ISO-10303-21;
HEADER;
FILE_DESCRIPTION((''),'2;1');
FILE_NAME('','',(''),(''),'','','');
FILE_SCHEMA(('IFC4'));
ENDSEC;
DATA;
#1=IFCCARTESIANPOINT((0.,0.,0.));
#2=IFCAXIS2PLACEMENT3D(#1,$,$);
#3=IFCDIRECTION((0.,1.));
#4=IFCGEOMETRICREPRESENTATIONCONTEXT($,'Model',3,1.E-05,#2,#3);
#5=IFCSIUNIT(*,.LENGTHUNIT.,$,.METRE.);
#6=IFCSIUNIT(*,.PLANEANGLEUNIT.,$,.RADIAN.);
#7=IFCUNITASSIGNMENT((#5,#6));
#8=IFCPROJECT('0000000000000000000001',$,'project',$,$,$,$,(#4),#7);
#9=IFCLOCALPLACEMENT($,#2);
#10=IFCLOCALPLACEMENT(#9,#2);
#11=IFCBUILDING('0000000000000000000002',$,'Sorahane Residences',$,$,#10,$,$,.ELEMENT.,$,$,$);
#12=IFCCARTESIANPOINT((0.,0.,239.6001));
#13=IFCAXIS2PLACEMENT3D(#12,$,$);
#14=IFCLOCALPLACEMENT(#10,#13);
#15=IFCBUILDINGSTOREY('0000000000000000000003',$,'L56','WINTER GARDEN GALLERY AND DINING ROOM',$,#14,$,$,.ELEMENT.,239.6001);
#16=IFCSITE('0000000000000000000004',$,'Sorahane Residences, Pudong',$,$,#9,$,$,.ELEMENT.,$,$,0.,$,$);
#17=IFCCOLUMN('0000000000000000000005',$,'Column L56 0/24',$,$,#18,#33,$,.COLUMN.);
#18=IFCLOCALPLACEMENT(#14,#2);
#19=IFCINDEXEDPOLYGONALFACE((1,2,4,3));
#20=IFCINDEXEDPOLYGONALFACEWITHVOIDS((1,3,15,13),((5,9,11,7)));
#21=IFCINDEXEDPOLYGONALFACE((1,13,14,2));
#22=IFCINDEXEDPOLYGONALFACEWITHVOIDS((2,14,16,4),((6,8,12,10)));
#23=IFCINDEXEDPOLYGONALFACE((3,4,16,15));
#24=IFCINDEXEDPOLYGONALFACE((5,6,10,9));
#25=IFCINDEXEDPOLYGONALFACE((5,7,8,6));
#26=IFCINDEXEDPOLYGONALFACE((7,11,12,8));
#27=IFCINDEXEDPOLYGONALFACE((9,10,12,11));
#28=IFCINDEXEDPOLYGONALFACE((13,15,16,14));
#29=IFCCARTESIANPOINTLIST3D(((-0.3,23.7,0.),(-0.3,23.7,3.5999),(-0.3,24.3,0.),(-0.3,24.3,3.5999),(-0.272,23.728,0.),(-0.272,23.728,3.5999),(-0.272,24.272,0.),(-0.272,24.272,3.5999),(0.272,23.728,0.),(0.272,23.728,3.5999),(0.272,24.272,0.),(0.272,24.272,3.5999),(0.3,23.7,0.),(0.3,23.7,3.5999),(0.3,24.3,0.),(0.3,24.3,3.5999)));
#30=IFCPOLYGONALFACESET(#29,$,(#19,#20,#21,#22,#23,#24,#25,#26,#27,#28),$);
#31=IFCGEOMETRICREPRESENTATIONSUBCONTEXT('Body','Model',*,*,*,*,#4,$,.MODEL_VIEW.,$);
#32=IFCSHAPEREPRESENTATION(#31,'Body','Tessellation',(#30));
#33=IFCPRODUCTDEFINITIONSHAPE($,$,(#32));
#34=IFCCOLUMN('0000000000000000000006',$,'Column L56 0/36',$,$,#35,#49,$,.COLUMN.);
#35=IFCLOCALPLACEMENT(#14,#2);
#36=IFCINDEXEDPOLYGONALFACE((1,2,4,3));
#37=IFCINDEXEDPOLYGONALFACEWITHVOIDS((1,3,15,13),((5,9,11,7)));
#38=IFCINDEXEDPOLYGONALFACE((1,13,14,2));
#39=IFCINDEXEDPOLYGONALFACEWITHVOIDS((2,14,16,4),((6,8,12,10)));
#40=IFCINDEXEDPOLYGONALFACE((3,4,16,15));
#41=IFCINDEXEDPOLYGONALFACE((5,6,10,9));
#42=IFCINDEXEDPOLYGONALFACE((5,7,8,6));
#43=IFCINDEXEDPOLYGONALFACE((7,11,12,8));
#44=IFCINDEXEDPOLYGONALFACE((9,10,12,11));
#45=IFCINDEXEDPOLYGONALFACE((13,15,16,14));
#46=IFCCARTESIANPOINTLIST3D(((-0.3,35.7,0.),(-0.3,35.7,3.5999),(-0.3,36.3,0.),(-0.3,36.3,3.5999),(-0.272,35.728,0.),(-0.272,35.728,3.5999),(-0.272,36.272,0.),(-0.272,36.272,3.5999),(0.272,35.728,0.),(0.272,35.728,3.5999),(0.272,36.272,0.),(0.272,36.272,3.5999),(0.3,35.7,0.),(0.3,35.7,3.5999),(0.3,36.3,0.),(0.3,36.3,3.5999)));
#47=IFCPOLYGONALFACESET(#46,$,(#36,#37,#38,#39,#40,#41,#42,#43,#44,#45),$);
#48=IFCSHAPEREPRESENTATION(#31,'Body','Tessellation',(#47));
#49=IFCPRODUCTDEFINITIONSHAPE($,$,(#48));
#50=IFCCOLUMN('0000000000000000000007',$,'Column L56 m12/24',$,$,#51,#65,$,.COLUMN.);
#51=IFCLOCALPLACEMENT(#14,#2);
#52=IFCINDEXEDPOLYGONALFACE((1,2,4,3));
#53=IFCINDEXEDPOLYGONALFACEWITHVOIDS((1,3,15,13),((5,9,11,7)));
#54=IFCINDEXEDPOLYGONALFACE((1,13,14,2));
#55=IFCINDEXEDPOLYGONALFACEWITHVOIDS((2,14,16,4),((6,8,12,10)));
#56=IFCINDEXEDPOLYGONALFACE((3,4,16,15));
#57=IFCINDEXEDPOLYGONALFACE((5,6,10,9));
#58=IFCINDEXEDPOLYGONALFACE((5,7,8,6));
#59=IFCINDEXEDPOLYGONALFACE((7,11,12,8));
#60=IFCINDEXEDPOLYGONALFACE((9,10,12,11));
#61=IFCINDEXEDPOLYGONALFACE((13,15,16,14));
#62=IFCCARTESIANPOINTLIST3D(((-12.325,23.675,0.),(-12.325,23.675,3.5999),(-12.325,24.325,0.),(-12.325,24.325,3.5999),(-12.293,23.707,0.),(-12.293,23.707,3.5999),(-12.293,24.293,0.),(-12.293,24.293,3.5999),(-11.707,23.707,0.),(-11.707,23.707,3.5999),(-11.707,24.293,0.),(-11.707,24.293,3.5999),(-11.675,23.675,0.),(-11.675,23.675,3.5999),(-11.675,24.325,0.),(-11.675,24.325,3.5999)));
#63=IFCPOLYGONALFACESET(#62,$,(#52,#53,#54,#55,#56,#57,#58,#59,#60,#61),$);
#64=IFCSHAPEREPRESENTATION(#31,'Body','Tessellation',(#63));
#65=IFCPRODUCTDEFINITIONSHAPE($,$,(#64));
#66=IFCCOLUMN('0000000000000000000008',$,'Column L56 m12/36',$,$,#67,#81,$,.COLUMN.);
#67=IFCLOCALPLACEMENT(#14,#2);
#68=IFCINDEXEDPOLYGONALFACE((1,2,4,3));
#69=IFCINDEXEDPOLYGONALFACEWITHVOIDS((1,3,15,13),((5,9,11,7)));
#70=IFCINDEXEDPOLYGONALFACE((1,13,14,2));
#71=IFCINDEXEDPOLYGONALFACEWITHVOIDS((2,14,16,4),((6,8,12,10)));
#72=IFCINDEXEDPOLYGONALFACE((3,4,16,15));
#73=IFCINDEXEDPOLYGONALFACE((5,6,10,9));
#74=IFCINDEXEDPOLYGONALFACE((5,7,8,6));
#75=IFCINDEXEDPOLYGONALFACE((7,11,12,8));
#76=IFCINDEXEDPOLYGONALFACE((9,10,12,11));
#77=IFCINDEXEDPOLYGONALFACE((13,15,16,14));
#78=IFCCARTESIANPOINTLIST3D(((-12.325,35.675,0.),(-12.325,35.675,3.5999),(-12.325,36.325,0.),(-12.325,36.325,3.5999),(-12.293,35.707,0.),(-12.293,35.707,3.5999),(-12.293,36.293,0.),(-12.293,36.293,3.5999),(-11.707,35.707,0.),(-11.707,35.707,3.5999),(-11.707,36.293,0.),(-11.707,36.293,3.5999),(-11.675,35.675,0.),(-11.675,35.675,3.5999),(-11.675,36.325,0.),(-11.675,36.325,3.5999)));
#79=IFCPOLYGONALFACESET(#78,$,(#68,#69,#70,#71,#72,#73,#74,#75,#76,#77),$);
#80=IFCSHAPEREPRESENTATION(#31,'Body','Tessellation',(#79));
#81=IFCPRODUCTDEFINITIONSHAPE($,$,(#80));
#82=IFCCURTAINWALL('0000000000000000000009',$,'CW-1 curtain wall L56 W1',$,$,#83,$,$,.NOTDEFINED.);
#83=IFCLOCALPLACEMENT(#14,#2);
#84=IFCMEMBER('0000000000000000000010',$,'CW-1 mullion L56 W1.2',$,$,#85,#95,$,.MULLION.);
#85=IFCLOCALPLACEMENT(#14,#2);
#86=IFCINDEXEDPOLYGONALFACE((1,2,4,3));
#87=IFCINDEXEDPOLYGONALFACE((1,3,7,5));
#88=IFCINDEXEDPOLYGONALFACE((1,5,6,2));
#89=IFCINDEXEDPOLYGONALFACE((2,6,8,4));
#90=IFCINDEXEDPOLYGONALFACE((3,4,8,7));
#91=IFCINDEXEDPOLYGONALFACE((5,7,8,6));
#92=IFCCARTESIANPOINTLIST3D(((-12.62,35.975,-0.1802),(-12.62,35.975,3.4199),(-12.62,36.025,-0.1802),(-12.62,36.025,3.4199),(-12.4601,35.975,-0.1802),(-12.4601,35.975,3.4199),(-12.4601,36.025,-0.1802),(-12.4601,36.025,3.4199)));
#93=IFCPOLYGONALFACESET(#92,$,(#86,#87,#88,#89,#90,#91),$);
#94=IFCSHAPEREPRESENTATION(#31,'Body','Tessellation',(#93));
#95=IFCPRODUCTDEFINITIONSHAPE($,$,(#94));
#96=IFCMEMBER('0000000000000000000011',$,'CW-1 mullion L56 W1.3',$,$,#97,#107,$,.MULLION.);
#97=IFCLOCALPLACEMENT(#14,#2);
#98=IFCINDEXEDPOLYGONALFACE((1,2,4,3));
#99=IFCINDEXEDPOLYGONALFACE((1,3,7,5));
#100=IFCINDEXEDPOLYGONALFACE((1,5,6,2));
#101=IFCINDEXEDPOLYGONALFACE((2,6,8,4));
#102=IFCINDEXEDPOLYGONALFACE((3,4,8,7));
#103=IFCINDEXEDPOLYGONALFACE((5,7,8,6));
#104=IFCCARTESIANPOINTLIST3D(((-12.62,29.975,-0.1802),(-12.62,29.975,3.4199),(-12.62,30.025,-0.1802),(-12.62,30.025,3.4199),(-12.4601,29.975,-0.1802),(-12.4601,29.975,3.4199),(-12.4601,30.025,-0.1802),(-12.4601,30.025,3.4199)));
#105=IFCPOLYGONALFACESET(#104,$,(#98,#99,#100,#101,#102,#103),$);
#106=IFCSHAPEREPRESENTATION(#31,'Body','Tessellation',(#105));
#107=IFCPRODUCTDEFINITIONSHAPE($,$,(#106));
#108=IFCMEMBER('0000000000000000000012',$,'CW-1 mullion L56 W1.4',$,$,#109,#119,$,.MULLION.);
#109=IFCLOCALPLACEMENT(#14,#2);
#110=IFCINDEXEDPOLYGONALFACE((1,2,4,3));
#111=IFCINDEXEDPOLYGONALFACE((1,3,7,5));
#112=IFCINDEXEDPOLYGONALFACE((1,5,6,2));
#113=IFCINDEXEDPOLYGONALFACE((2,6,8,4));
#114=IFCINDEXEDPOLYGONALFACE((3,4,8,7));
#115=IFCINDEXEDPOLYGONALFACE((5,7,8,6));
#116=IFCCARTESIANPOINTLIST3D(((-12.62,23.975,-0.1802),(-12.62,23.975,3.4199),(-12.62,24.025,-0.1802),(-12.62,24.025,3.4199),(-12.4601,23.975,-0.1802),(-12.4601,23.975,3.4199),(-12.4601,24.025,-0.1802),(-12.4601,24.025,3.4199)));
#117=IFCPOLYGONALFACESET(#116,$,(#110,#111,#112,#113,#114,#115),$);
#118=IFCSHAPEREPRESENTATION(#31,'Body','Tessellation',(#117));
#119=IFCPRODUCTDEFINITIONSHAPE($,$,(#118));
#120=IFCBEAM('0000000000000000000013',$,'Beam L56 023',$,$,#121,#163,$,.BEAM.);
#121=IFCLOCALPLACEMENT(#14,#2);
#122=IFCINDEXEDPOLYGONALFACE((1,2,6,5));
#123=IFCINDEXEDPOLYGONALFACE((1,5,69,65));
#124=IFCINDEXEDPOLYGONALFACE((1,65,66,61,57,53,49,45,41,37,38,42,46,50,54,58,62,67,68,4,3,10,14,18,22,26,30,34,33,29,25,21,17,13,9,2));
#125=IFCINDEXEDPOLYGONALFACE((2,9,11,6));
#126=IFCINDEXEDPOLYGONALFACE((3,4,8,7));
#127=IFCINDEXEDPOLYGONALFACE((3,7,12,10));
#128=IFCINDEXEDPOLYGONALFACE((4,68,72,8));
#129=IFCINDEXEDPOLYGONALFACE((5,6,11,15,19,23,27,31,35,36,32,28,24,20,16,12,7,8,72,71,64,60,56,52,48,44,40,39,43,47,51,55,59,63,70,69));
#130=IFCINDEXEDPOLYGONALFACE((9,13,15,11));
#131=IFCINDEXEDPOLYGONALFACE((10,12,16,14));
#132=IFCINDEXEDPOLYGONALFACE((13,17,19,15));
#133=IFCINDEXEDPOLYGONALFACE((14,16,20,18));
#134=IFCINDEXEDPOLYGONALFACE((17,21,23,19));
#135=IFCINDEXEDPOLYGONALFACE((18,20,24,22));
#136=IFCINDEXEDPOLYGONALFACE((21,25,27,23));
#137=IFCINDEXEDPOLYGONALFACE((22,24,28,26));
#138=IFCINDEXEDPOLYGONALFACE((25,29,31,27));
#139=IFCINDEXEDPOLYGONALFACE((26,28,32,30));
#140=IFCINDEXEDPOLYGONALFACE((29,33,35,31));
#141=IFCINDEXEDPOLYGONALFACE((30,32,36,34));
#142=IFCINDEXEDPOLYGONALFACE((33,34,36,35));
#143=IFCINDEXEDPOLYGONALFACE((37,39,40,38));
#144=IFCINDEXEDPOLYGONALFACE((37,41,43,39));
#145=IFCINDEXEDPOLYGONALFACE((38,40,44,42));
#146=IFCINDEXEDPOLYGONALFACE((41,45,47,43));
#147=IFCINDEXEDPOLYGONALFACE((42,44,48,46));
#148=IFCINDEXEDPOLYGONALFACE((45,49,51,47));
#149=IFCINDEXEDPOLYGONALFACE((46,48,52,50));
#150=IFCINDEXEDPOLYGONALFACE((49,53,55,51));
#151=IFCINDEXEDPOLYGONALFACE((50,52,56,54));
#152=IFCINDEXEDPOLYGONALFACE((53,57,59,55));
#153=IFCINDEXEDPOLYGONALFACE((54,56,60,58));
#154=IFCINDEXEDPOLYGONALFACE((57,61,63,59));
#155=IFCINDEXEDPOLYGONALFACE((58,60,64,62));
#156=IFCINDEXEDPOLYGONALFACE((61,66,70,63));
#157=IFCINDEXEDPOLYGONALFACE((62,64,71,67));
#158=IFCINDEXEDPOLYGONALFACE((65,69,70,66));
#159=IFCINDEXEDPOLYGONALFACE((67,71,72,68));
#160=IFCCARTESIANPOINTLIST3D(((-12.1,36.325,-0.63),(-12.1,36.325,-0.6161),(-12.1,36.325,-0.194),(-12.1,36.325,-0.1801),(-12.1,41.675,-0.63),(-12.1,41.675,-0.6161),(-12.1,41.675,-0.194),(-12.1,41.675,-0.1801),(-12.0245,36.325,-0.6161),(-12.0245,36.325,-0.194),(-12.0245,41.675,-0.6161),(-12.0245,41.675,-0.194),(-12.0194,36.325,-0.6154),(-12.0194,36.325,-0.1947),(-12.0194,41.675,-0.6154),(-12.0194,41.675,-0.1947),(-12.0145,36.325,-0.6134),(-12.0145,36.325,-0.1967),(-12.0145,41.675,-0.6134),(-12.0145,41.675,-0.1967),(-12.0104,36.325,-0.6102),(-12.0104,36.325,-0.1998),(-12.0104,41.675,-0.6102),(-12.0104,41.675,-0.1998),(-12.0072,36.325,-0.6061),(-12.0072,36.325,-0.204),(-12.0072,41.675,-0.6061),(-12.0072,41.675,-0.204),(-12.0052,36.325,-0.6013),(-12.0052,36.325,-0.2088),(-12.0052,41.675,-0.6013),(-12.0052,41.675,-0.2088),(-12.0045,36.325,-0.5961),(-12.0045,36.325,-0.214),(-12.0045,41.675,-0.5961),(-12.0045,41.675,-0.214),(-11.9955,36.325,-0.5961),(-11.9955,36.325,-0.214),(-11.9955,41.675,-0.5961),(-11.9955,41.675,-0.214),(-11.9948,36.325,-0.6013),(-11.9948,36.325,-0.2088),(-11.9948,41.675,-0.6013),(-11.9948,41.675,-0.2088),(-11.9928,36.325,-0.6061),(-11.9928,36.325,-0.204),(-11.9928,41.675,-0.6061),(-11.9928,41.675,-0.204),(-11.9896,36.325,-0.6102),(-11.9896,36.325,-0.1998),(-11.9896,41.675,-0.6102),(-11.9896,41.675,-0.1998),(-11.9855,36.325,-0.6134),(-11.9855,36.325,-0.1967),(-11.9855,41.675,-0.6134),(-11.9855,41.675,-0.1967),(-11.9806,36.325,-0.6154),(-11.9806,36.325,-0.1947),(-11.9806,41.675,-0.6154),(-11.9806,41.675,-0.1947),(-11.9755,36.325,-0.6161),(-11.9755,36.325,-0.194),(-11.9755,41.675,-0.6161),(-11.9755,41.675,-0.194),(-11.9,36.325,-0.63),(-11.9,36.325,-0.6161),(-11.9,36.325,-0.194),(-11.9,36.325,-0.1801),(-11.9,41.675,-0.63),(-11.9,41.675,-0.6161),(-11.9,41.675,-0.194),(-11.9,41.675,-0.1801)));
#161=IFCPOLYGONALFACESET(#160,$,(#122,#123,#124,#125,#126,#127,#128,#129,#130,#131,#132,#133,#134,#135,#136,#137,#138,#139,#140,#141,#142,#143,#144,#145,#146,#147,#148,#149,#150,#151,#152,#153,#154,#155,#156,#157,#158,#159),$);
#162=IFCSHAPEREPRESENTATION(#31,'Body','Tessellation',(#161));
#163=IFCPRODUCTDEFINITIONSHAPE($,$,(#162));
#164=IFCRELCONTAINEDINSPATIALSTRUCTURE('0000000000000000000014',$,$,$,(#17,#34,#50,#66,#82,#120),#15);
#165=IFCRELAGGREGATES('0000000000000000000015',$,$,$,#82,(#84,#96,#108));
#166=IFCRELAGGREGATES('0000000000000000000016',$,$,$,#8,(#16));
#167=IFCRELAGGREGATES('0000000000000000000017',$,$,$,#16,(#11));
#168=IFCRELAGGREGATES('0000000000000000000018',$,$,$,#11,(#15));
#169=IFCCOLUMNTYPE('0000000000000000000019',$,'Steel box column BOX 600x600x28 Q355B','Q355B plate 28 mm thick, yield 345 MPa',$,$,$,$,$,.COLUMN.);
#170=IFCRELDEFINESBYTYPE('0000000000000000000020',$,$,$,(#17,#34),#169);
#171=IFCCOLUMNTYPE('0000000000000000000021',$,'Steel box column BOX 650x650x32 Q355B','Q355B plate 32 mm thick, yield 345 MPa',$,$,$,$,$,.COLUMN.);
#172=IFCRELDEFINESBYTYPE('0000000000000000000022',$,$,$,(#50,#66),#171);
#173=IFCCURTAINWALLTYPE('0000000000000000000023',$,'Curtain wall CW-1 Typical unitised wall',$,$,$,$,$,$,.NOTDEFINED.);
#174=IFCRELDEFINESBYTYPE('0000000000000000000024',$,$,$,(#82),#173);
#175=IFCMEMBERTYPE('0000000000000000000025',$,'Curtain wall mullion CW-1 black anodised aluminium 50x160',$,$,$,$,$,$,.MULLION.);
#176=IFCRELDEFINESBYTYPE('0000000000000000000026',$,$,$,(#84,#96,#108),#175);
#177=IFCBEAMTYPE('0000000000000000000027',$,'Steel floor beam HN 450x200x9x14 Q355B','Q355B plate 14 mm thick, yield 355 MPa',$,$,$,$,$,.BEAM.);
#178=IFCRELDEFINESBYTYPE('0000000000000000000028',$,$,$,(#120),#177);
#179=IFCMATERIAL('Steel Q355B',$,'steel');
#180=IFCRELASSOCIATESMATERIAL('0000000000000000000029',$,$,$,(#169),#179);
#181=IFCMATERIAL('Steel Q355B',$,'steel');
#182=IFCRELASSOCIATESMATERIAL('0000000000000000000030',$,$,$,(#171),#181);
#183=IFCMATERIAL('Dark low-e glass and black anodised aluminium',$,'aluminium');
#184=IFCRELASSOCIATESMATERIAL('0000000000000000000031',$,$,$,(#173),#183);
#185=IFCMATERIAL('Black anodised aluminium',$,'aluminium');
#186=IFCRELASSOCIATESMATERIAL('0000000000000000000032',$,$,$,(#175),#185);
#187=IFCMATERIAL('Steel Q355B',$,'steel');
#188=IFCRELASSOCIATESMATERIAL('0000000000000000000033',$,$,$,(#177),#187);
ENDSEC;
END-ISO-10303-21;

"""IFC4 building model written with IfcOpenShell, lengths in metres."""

from ifc_helpers import new_model, si_unit, direction, frame, origin, origin_2d, place, context, subcontext, project, spatial, rectangle, hollow_rectangle, i_section, extrude, material, material_profile, profile_set, type_object, element, aggregate, save


model = new_model("IFC4")

# Units and contexts
model_context = context("Model", 3, precision=1e-05, world=origin(), true_north=direction((0.0, 1.0)))
body_context = subcontext(model_context, "Body", "Model", "MODEL_VIEW")
ifc_project = project(units=[si_unit("LENGTHUNIT", "METRE"), si_unit("PLANEANGLEUNIT", "RADIAN")], contexts=[model_context])

# Site, building, storey
site_placement = place(None, origin())
site = spatial("IfcSite", under=ifc_project, at=site_placement, Name="Sorahane Residences, Pudong", CompositionType="ELEMENT", RefElevation=0.0)
building_placement = place(site_placement, origin())
building = spatial("IfcBuilding", under=site, at=building_placement, Name="Sorahane Residences", CompositionType="ELEMENT")
storey_placement = place(building_placement, frame((0.0, 0.0, 239.6001)))
storey = spatial("IfcBuildingStorey", under=building, at=storey_placement, Name="L56", Description="WINTER GARDEN GALLERY AND DINING ROOM", CompositionType="ELEMENT", Elevation=239.6001)

# Columns
ifc_material_1 = material(Name="Steel Q355B", Category="steel")
ifc_material_profile_1 = material_profile(ifc_material_1, hollow_rectangle(XDim=0.6001, YDim=0.6001, WallThickness=0.0281, at=origin_2d()), Name="BOX 600x600x28")
ifc_profile_set_1 = profile_set([ifc_material_profile_1], Name="Steel Q355B")
column_type_1 = type_object("IfcColumnType", Name="Steel box column BOX 600x600x28 Q355B", Description="Q355B plate 28 mm thick, yield 345 MPa", PredefinedType="COLUMN", material=ifc_profile_set_1)
for number, where, z_axis, x_axis, name in (
    (1, (0.0, 24.0, 0.0), (0.0, 0.0, 1.0), (1.0, 0.0, 0.0), "Column L56 0/24"),
    (2, (0.0, 36.0, 0.0), (0.0, 0.0, 1.0), (1.0, 0.0, 0.0), "Column L56 0/36"),
):
    element("IfcColumn", number, at=place(storey_placement, frame(where, z_axis=z_axis, x_axis=x_axis)), inside=storey, type_object=column_type_1, Name=name, PredefinedType="COLUMN", context=body_context, shape_type="SweptSolid", body=[
        extrude(hollow_rectangle(XDim=0.6001, YDim=0.6001, WallThickness=0.0281, at=origin_2d()), origin(), (0.0, 0.0, 1.0), 3.5999),
    ])
ifc_material_2 = material(Name="Steel Q355B", Category="steel")
ifc_material_profile_2 = material_profile(ifc_material_2, hollow_rectangle(XDim=0.6499, YDim=0.6499, WallThickness=0.032, at=origin_2d()), Name="BOX 650x650x32")
ifc_profile_set_2 = profile_set([ifc_material_profile_2], Name="Steel Q355B")
column_type_2 = type_object("IfcColumnType", Name="Steel box column BOX 650x650x32 Q355B", Description="Q355B plate 32 mm thick, yield 345 MPa", PredefinedType="COLUMN", material=ifc_profile_set_2)
for number, where, z_axis, x_axis, name in (
    (3, (-12.0, 24.0, 0.0), (0.0, 0.0, 1.0), (1.0, 0.0, 0.0), "Column L56 m12/24"),
    (4, (-12.0, 36.0, 0.0), (0.0, 0.0, 1.0), (1.0, 0.0, 0.0), "Column L56 m12/36"),
):
    element("IfcColumn", number, at=place(storey_placement, frame(where, z_axis=z_axis, x_axis=x_axis)), inside=storey, type_object=column_type_2, Name=name, PredefinedType="COLUMN", context=body_context, shape_type="SweptSolid", body=[
        extrude(hollow_rectangle(XDim=0.6499, YDim=0.6499, WallThickness=0.032, at=origin_2d()), origin(), (0.0, 0.0, 1.0), 3.5999),
    ])

# Curtain wall, members
ifc_material_3 = material(Name="Dark low-e glass and black anodised aluminium", Category="aluminium")
curtain_wall_type = type_object("IfcCurtainWallType", Name="Curtain wall CW-1 Typical unitised wall", PredefinedType="NOTDEFINED", material=ifc_material_3)
curtain_wall_placement = place(storey_placement, origin())
curtain_wall = element("IfcCurtainWall", 5, at=curtain_wall_placement, inside=storey, type_object=curtain_wall_type, Name="CW-1 curtain wall L56 W1", PredefinedType="NOTDEFINED")
ifc_material_4 = material(Name="Black anodised aluminium", Category="aluminium")
ifc_material_profile_3 = material_profile(ifc_material_4, rectangle(XDim=0.1599, YDim=0.05, at=origin_2d()), Name="Curtain wall mullion CW-1 black anodised aluminium 50x160")
ifc_profile_set_3 = profile_set([ifc_material_profile_3], Name="Black anodised aluminium")
member_type = type_object("IfcMemberType", Name="Curtain wall mullion CW-1 black anodised aluminium 50x160", PredefinedType="MULLION", material=ifc_profile_set_3)
member_1_placement = place(storey_placement, frame((-12.54, 36.0, -0.1802), z_axis=(0.0, 0.0, 1.0), x_axis=(-1.0, 0.0, 0.0)))
member_1 = element("IfcMember", 6, at=member_1_placement, type_object=member_type, Name="CW-1 mullion L56 W1.2", PredefinedType="MULLION", context=body_context, shape_type="SweptSolid", body=[
    extrude(rectangle(XDim=0.1599, YDim=0.05, at=origin_2d()), origin(), (0.0, 0.0, 1.0), 3.6001),
])
member_2_placement = place(storey_placement, frame((-12.54, 30.0, -0.1802), z_axis=(0.0, 0.0, 1.0), x_axis=(-1.0, 0.0, 0.0)))
member_2 = element("IfcMember", 7, at=member_2_placement, type_object=member_type, Name="CW-1 mullion L56 W1.3", PredefinedType="MULLION", context=body_context, shape_type="SweptSolid", body=[
    extrude(rectangle(XDim=0.1599, YDim=0.05, at=origin_2d()), origin(), (0.0, 0.0, 1.0), 3.6001),
])
member_3_placement = place(storey_placement, frame((-12.54, 24.0, -0.1802), z_axis=(0.0, 0.0, 1.0), x_axis=(-1.0, 0.0, 0.0)))
member_3 = element("IfcMember", 8, at=member_3_placement, type_object=member_type, Name="CW-1 mullion L56 W1.4", PredefinedType="MULLION", context=body_context, shape_type="SweptSolid", body=[
    extrude(rectangle(XDim=0.1599, YDim=0.05, at=origin_2d()), origin(), (0.0, 0.0, 1.0), 3.6001),
])

# Beam
ifc_material_5 = material(Name="Steel Q355B", Category="steel")
ifc_material_profile_4 = material_profile(ifc_material_5, i_section(OverallWidth=0.2, OverallDepth=0.45, WebThickness=0.009, FlangeThickness=0.0139, FilletRadius=0.02, at=origin_2d()), Name="HN 450x200x9x14")
ifc_profile_set_4 = profile_set([ifc_material_profile_4], Name="Steel Q355B")
beam_type_1 = type_object("IfcBeamType", Name="Steel floor beam HN 450x200x9x14 Q355B", Description="Q355B plate 14 mm thick, yield 355 MPa", PredefinedType="BEAM", material=ifc_profile_set_4)
beam_1_placement = place(storey_placement, frame((-12.0, 36.325, -0.405), z_axis=(0.0, 1.0, 0.0), x_axis=(-1.0, 0.0, 0.0)))
element("IfcBeam", 9, at=beam_1_placement, inside=storey, type_object=beam_type_1, Name="Beam L56 023", PredefinedType="BEAM", context=body_context, shape_type="SweptSolid", body=[
    extrude(i_section(OverallWidth=0.2, OverallDepth=0.45, WebThickness=0.009, FlangeThickness=0.0139, FilletRadius=0.02, at=origin_2d()), origin(), (0.0, 0.0, 1.0), 5.3501),
])

aggregate(curtain_wall, [member_1, member_2, member_3])

save(model, "model.ifc")
